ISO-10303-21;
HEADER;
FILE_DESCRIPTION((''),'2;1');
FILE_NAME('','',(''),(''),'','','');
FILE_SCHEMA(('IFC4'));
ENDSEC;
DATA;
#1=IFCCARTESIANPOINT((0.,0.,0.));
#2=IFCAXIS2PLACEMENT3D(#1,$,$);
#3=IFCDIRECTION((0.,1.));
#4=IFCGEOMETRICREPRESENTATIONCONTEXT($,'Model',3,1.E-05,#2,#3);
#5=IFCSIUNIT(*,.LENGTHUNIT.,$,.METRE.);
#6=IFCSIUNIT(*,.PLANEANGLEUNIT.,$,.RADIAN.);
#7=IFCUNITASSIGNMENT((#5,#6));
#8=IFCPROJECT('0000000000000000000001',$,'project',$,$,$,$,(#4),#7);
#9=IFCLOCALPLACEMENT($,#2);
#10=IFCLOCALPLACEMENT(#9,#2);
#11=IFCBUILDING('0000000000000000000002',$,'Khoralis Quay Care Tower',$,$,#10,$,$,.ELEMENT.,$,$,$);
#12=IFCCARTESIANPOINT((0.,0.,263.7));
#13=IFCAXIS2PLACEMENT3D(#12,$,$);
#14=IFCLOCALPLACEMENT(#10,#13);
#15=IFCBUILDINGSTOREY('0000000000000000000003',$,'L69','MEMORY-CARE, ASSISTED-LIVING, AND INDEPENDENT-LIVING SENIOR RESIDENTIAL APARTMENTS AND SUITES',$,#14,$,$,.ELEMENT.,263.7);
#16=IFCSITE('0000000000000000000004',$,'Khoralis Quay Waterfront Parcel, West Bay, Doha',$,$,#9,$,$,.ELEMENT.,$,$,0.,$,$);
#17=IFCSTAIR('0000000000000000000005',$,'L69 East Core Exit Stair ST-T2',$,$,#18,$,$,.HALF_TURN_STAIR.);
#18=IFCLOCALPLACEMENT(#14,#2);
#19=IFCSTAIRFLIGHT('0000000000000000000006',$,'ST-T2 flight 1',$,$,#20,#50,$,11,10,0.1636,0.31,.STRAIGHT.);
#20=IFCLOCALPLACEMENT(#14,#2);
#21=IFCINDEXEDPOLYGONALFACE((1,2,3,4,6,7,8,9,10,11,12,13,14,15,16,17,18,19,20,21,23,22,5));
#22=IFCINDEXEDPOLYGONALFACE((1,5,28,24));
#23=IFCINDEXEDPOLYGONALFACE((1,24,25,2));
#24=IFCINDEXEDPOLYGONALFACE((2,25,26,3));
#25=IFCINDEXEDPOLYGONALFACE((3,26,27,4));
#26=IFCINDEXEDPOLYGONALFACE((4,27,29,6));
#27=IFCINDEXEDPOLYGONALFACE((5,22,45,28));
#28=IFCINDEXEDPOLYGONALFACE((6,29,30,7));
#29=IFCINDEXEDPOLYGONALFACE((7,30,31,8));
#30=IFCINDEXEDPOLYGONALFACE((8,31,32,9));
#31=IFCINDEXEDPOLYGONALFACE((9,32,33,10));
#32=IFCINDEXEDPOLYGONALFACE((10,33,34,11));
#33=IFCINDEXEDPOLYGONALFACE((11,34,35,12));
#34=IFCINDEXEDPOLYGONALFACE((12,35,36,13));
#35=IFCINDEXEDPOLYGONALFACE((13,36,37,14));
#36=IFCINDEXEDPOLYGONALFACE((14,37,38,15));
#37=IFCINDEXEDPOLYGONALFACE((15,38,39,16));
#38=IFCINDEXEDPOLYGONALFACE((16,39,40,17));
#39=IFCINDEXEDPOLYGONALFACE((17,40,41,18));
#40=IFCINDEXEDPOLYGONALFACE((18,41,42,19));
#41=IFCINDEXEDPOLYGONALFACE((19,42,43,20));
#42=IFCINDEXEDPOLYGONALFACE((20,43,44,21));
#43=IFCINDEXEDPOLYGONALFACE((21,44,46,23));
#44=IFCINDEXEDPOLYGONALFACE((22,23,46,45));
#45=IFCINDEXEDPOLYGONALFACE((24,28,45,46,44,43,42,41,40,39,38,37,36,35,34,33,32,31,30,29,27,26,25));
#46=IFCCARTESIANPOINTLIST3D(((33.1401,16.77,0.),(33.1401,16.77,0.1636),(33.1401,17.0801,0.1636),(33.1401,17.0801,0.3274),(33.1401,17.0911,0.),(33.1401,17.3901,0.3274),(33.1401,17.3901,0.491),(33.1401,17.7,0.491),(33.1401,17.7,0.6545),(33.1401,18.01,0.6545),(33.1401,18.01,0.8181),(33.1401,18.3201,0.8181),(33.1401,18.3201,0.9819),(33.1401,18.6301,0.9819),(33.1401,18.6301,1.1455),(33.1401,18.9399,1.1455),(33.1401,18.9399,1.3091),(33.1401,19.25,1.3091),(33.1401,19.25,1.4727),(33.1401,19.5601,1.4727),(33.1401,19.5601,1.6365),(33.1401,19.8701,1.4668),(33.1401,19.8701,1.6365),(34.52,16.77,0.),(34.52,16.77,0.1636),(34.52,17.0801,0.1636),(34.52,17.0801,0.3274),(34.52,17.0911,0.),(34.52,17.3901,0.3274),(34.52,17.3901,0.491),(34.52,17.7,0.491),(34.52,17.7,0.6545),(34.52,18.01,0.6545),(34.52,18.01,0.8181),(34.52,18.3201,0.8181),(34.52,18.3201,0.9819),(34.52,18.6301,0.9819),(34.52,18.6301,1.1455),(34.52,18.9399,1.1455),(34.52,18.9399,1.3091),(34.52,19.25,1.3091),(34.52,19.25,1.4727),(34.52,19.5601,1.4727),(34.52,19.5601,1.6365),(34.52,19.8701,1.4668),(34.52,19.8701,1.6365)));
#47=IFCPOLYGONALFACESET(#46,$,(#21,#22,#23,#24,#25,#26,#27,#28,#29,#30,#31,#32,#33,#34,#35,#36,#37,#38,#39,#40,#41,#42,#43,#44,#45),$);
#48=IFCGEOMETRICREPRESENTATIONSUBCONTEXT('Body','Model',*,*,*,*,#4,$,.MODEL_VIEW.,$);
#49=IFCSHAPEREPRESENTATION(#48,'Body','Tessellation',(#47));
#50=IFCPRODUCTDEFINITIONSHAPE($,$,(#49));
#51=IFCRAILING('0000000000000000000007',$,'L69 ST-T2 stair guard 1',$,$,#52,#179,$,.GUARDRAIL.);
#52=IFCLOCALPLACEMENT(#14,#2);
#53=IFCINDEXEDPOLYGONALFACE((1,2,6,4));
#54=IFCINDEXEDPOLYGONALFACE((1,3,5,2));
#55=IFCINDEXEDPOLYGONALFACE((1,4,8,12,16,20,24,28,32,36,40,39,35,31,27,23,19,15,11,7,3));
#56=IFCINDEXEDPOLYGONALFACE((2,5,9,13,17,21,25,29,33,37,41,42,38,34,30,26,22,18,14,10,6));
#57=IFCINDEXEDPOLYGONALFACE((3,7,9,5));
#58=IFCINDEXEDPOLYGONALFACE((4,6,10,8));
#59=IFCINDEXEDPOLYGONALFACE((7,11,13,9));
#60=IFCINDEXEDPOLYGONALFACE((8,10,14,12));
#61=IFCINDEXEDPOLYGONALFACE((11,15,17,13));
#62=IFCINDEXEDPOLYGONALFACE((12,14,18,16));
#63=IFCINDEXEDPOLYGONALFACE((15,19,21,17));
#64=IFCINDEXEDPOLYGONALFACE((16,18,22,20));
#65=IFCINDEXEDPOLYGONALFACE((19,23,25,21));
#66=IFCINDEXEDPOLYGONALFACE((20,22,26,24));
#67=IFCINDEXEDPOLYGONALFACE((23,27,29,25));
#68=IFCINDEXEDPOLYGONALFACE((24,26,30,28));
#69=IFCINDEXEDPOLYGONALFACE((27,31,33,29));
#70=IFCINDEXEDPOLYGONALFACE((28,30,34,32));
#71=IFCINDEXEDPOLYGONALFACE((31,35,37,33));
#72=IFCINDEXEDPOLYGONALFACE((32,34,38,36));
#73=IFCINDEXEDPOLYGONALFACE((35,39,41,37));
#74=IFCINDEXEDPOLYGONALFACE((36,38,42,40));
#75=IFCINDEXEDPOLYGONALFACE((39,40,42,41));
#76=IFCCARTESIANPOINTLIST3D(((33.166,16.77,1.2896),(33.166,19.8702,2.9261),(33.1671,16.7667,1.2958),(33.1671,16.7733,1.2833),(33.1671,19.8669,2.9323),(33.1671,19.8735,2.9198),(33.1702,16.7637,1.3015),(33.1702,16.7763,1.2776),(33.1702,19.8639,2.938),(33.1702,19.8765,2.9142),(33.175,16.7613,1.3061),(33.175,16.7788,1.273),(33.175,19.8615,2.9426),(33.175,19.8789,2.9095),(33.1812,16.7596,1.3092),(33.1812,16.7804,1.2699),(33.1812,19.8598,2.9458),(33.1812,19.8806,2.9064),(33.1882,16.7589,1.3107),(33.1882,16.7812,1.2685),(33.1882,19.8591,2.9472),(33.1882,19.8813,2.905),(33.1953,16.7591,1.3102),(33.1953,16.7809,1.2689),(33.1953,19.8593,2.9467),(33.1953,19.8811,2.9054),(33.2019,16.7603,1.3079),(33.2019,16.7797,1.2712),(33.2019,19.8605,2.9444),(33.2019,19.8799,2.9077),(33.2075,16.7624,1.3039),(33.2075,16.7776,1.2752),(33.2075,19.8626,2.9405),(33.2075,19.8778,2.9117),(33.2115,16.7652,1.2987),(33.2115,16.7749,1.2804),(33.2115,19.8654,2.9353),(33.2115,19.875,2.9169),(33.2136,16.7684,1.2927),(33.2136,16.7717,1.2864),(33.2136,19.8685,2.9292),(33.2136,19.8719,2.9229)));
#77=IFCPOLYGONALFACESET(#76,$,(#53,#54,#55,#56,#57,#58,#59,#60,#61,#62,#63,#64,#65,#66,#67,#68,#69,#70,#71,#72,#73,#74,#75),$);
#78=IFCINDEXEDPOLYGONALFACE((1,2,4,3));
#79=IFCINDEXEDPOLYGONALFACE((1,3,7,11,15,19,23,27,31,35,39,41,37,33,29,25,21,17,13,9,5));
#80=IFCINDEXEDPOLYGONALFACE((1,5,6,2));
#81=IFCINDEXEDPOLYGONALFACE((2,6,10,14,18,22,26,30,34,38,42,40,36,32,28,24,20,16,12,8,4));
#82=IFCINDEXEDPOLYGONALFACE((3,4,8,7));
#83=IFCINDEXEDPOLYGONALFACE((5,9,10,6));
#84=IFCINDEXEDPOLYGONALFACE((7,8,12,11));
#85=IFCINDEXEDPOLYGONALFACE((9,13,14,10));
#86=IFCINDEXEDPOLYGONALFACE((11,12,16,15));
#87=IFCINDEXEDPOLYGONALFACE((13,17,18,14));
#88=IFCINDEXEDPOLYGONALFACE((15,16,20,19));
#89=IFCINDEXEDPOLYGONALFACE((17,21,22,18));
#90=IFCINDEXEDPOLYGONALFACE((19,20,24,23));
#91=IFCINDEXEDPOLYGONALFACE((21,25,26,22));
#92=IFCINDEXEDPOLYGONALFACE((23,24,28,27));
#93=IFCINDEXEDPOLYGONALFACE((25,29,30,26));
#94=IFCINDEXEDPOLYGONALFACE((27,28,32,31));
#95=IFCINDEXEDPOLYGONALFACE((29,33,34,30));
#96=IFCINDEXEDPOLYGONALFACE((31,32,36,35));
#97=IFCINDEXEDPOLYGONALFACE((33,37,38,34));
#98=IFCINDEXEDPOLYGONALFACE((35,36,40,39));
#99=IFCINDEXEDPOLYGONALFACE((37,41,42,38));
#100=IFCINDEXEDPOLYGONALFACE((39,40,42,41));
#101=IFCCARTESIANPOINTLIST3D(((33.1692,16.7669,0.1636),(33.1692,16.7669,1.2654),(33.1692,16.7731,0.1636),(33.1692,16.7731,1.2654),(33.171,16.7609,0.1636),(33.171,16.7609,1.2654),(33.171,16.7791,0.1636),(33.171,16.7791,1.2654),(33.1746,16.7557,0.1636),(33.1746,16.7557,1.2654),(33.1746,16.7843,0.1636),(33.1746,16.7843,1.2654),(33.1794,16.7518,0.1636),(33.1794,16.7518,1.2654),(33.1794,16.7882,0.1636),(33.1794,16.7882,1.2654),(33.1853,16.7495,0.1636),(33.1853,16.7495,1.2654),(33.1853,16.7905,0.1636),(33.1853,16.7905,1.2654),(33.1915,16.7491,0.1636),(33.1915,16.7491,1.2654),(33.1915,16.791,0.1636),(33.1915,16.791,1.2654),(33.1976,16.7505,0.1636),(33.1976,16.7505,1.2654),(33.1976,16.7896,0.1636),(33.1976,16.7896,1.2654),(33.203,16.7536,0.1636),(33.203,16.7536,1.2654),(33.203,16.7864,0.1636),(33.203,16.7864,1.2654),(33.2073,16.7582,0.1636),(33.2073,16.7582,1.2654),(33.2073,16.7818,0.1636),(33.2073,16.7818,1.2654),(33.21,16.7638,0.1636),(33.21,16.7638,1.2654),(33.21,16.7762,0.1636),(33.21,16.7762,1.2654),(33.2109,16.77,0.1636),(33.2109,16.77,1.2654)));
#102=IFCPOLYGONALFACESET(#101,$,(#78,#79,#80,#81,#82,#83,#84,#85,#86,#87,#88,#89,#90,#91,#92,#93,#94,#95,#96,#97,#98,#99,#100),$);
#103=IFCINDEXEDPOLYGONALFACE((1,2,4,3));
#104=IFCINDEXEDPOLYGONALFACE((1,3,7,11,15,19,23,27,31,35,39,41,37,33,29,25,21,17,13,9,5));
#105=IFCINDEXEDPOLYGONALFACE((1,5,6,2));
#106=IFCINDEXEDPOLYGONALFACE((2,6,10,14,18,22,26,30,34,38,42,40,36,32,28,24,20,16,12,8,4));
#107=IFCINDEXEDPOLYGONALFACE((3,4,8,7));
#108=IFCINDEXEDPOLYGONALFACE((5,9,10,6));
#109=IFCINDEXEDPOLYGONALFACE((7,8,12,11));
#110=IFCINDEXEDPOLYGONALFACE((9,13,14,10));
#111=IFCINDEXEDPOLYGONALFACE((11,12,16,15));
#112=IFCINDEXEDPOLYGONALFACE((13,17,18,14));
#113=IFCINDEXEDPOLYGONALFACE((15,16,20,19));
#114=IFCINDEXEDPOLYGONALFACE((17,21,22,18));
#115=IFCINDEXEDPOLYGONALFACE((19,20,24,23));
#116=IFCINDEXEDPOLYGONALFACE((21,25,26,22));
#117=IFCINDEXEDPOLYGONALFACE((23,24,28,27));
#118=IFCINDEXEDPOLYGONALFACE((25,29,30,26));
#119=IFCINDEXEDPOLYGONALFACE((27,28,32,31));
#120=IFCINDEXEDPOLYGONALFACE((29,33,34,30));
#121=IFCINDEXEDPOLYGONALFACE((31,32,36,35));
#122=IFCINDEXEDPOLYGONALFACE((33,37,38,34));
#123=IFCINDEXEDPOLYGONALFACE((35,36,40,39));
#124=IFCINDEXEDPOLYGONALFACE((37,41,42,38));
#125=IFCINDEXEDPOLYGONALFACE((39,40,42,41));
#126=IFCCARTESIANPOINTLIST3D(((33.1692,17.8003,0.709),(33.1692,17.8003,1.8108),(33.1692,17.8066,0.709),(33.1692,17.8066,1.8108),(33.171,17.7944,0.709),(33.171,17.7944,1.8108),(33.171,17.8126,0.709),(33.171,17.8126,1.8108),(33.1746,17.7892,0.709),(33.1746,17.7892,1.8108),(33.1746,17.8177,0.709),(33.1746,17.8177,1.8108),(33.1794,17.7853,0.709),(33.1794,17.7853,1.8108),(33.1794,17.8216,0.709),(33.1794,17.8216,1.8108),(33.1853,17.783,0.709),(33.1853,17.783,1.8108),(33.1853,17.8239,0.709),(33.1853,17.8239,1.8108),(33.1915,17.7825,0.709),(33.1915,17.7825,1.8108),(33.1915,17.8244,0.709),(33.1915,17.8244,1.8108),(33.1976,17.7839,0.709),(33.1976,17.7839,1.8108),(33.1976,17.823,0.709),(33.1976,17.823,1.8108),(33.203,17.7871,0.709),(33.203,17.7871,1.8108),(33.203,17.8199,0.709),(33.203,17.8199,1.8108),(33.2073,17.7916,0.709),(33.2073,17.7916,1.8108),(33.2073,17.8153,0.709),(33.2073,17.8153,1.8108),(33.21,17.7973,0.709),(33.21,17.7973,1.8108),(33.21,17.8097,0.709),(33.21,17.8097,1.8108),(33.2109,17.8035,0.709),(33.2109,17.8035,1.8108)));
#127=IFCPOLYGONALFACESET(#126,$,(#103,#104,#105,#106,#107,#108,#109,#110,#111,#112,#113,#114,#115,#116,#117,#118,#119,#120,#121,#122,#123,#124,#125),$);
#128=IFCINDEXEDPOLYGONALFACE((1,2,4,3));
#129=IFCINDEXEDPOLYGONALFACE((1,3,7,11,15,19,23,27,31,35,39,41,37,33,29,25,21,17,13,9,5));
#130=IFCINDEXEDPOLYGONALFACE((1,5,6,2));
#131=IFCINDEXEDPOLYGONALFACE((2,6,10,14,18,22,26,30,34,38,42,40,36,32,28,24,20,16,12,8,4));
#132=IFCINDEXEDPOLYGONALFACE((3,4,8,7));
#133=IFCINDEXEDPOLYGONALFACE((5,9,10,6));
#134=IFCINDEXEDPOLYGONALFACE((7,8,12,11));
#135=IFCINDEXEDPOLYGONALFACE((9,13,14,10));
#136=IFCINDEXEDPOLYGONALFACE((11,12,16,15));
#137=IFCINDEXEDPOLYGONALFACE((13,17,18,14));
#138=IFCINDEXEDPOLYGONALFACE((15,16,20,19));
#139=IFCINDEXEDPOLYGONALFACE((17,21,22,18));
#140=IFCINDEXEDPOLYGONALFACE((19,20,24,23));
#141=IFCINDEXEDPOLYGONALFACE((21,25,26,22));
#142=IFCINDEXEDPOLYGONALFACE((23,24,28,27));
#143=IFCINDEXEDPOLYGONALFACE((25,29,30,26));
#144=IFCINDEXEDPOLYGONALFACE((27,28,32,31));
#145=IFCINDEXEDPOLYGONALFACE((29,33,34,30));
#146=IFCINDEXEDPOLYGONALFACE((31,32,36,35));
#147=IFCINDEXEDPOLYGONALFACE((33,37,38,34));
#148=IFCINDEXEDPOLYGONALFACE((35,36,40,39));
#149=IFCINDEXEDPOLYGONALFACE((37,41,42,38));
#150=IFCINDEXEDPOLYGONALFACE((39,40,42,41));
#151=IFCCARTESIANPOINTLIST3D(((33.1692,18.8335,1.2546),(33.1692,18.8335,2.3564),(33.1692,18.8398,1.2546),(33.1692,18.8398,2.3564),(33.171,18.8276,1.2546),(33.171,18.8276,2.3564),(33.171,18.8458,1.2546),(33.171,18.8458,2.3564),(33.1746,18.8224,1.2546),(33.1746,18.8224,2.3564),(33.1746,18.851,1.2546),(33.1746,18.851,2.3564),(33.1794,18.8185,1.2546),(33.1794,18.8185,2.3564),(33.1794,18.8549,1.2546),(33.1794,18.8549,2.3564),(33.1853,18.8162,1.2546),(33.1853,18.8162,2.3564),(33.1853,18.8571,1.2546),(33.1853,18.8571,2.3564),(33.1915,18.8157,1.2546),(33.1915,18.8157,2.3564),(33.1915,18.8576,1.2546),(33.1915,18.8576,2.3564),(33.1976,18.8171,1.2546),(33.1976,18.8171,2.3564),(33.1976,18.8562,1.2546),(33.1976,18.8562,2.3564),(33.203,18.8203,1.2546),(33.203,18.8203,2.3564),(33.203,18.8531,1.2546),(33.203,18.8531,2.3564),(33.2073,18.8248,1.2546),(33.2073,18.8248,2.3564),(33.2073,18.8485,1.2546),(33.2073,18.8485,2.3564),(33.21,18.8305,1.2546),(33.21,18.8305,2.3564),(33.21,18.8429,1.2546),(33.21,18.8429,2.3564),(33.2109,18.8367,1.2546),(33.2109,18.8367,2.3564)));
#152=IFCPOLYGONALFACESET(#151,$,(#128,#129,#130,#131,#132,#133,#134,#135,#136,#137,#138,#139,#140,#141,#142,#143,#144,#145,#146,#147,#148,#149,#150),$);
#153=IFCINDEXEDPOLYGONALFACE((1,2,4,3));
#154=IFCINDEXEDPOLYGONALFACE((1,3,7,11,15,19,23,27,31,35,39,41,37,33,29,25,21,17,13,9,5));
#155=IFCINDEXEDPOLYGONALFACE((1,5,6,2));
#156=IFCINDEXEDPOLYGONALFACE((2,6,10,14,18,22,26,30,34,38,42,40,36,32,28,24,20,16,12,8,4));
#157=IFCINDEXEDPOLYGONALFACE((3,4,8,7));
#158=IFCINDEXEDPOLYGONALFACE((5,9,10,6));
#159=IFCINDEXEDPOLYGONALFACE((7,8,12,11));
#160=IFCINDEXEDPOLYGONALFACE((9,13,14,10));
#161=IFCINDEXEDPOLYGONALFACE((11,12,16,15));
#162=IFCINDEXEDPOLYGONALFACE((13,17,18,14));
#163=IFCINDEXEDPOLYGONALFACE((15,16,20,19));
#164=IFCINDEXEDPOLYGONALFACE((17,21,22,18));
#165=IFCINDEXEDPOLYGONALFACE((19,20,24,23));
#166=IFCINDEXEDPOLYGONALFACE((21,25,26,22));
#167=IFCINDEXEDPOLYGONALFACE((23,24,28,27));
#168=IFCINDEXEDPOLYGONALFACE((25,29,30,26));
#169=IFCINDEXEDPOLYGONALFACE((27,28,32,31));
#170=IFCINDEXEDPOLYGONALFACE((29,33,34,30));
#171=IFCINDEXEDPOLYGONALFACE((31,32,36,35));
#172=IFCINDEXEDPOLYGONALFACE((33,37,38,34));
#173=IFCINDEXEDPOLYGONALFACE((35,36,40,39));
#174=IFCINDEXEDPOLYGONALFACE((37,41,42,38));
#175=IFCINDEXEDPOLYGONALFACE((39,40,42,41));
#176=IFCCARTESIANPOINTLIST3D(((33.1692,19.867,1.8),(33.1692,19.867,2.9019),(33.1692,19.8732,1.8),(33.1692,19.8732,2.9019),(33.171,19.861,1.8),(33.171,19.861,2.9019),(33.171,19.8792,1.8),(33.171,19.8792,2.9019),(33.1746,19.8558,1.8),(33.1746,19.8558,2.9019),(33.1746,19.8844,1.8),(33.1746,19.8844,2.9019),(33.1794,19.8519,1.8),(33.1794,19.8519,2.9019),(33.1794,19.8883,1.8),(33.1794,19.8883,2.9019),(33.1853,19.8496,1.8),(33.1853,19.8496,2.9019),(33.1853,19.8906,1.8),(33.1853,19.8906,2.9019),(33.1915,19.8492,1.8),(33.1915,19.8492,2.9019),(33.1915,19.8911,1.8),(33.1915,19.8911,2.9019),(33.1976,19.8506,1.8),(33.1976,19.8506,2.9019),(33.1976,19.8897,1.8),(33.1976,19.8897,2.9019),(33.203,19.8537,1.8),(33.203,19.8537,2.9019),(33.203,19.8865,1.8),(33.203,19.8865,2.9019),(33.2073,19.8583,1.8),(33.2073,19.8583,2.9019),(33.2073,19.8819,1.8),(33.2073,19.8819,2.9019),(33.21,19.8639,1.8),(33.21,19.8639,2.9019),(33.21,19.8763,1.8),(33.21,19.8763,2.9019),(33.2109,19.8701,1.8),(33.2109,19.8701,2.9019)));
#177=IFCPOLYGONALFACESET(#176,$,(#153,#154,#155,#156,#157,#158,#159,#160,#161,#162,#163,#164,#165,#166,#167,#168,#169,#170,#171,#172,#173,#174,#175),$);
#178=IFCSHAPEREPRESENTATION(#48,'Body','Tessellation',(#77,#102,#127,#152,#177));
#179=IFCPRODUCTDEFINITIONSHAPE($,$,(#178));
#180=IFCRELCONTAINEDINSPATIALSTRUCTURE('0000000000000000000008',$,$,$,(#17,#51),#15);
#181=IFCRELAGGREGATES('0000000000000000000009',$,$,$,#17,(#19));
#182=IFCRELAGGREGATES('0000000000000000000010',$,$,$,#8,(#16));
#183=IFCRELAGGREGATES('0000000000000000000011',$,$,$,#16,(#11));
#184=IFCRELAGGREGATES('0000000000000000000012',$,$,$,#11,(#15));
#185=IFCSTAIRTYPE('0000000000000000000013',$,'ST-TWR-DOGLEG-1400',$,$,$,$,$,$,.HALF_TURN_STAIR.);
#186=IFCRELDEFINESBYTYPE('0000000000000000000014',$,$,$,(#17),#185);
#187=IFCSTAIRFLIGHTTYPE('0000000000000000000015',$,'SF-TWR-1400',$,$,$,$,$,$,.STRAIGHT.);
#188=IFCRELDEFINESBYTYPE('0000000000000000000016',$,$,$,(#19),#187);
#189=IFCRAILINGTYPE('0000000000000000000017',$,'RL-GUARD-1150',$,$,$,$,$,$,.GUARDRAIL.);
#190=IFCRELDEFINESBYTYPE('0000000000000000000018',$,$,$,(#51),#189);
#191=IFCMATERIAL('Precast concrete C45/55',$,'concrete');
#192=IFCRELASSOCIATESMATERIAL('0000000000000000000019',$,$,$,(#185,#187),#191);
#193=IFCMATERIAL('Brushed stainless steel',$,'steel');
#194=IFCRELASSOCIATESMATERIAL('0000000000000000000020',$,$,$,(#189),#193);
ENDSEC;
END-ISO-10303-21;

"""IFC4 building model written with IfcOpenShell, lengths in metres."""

from ifc_helpers import new_model, si_unit, direction, frame, origin, origin_2d, place, context, subcontext, project, spatial, polyline, circle, outline, extrude, source, transform, mapped, material, type_object, element, aggregate, save


model = new_model("IFC4")

# Units and contexts
model_context = context("Model", 3, precision=1e-05, world=origin(), true_north=direction((0.0, 1.0)))
body_context = subcontext(model_context, "Body", "Model", "MODEL_VIEW")
ifc_project = project(units=[si_unit("LENGTHUNIT", "METRE"), si_unit("PLANEANGLEUNIT", "RADIAN")], contexts=[model_context])

# Site, building, storey
site_placement = place(None, origin())
site = spatial("IfcSite", under=ifc_project, at=site_placement, Name="Khoralis Quay Waterfront Parcel, West Bay, Doha", CompositionType="ELEMENT", RefElevation=0.0)
building_placement = place(site_placement, origin())
building = spatial("IfcBuilding", under=site, at=building_placement, Name="Khoralis Quay Care Tower", CompositionType="ELEMENT")
storey_placement = place(building_placement, frame((0.0, 0.0, 263.7)))
storey = spatial("IfcBuildingStorey", under=building, at=storey_placement, Name="L69", Description="MEMORY-CARE, ASSISTED-LIVING, AND INDEPENDENT-LIVING SENIOR RESIDENTIAL APARTMENTS AND SUITES", CompositionType="ELEMENT", Elevation=263.7)

# Shared definitions
ifc_material_1 = material(Name="Brushed stainless steel", Category="steel")

# Shared definitions
ifc_material_2 = material(Name="Precast concrete C45/55", Category="concrete")

# Stair, stair flight
stair_type = type_object("IfcStairType", Name="ST-TWR-DOGLEG-1400", PredefinedType="HALF_TURN_STAIR", material=ifc_material_2)
stair_placement = place(storey_placement, origin())
stair = element("IfcStair", 1, at=stair_placement, inside=storey, type_object=stair_type, Name="L69 East Core Exit Stair ST-T2", PredefinedType="HALF_TURN_STAIR")
stair_flight_type = type_object("IfcStairFlightType", Name="SF-TWR-1400", PredefinedType="STRAIGHT", material=ifc_material_2)
shared_shape_1 = source(origin(), body_context, "Body", "SweptSolid", [
    extrude(outline(polyline([(0.0, 0.0), (0.0, 0.1636), (0.3101, 0.1636), (0.3101, 0.3274), (0.6201, 0.3274), (0.6201, 0.491), (0.9299, 0.491), (0.9299, 0.6545), (1.24, 0.6545), (1.24, 0.8181), (1.55, 0.8181), (1.55, 0.9819), (1.8601, 0.9819), (1.8601, 1.1455), (2.1699, 1.1455), (2.1699, 1.3091), (2.48, 1.3091), (2.48, 1.4727), (2.79, 1.4727), (2.79, 1.6365), (3.1001, 1.6365), (3.1001, 1.8), (3.1001, 1.4668), (0.321, 0.0), (0.0, 0.0)])), frame((0.0, 0.6899, 0.0), z_axis=(0.0, -1.0, 0.0), x_axis=(1.0, 0.0, 0.0)), (0.0, 0.0, 1.0), 1.3799),
])
stair_flight_placement = place(storey_placement, frame((33.8301, 16.77, 0.0), z_axis=(0.0, 0.0, 1.0), x_axis=(0.0, 1.0, 0.0)))
stair_flight = element("IfcStairFlight", 2, at=stair_flight_placement, type_object=stair_flight_type, Name="ST-T2 flight 1", NumberOfRisers=11, NumberOfTreads=10, PredefinedType="STRAIGHT", RiserHeight=0.1636, TreadLength=0.31, context=body_context, shape_type="MappedRepresentation", body=[
    mapped(shared_shape_1, transform((0.0, 0.0, 0.0), scale=1.0)),
])
aggregate(stair, [stair_flight])

# Railing
railing_type_1 = type_object("IfcRailingType", Name="RL-GUARD-1150", PredefinedType="GUARDRAIL", material=ifc_material_1)
railing_1_placement = place(storey_placement, frame((33.1899, 16.77, 0.1636)))
element("IfcRailing", 3, at=railing_1_placement, inside=storey, type_object=railing_type_1, Name="L69 ST-T2 stair guard 1", PredefinedType="GUARDRAIL", context=body_context, shape_type="SweptSolid", body=[
    extrude(circle(Radius=0.0239, at=origin_2d()), frame((0.0, 0.0, 1.126), z_axis=(0.0, 0.884348, 0.466828), x_axis=(-1.0, 0.0, 0.0)), (0.0, 0.0, 1.0), 3.5056),
    extrude(circle(Radius=0.021, at=origin_2d()), origin(), (0.0, 0.0, 1.0), 1.1018),
    extrude(circle(Radius=0.021, at=origin_2d()), frame((0.0, 1.0334, 0.5454)), (0.0, 0.0, 1.0), 1.1018),
    extrude(circle(Radius=0.021, at=origin_2d()), frame((0.0, 2.0667, 1.0911)), (0.0, 0.0, 1.0), 1.1018),
    extrude(circle(Radius=0.021, at=origin_2d()), frame((0.0, 3.1001, 1.6365)), (0.0, 0.0, 1.0), 1.1018),
])

save(model, "model.ifc")
